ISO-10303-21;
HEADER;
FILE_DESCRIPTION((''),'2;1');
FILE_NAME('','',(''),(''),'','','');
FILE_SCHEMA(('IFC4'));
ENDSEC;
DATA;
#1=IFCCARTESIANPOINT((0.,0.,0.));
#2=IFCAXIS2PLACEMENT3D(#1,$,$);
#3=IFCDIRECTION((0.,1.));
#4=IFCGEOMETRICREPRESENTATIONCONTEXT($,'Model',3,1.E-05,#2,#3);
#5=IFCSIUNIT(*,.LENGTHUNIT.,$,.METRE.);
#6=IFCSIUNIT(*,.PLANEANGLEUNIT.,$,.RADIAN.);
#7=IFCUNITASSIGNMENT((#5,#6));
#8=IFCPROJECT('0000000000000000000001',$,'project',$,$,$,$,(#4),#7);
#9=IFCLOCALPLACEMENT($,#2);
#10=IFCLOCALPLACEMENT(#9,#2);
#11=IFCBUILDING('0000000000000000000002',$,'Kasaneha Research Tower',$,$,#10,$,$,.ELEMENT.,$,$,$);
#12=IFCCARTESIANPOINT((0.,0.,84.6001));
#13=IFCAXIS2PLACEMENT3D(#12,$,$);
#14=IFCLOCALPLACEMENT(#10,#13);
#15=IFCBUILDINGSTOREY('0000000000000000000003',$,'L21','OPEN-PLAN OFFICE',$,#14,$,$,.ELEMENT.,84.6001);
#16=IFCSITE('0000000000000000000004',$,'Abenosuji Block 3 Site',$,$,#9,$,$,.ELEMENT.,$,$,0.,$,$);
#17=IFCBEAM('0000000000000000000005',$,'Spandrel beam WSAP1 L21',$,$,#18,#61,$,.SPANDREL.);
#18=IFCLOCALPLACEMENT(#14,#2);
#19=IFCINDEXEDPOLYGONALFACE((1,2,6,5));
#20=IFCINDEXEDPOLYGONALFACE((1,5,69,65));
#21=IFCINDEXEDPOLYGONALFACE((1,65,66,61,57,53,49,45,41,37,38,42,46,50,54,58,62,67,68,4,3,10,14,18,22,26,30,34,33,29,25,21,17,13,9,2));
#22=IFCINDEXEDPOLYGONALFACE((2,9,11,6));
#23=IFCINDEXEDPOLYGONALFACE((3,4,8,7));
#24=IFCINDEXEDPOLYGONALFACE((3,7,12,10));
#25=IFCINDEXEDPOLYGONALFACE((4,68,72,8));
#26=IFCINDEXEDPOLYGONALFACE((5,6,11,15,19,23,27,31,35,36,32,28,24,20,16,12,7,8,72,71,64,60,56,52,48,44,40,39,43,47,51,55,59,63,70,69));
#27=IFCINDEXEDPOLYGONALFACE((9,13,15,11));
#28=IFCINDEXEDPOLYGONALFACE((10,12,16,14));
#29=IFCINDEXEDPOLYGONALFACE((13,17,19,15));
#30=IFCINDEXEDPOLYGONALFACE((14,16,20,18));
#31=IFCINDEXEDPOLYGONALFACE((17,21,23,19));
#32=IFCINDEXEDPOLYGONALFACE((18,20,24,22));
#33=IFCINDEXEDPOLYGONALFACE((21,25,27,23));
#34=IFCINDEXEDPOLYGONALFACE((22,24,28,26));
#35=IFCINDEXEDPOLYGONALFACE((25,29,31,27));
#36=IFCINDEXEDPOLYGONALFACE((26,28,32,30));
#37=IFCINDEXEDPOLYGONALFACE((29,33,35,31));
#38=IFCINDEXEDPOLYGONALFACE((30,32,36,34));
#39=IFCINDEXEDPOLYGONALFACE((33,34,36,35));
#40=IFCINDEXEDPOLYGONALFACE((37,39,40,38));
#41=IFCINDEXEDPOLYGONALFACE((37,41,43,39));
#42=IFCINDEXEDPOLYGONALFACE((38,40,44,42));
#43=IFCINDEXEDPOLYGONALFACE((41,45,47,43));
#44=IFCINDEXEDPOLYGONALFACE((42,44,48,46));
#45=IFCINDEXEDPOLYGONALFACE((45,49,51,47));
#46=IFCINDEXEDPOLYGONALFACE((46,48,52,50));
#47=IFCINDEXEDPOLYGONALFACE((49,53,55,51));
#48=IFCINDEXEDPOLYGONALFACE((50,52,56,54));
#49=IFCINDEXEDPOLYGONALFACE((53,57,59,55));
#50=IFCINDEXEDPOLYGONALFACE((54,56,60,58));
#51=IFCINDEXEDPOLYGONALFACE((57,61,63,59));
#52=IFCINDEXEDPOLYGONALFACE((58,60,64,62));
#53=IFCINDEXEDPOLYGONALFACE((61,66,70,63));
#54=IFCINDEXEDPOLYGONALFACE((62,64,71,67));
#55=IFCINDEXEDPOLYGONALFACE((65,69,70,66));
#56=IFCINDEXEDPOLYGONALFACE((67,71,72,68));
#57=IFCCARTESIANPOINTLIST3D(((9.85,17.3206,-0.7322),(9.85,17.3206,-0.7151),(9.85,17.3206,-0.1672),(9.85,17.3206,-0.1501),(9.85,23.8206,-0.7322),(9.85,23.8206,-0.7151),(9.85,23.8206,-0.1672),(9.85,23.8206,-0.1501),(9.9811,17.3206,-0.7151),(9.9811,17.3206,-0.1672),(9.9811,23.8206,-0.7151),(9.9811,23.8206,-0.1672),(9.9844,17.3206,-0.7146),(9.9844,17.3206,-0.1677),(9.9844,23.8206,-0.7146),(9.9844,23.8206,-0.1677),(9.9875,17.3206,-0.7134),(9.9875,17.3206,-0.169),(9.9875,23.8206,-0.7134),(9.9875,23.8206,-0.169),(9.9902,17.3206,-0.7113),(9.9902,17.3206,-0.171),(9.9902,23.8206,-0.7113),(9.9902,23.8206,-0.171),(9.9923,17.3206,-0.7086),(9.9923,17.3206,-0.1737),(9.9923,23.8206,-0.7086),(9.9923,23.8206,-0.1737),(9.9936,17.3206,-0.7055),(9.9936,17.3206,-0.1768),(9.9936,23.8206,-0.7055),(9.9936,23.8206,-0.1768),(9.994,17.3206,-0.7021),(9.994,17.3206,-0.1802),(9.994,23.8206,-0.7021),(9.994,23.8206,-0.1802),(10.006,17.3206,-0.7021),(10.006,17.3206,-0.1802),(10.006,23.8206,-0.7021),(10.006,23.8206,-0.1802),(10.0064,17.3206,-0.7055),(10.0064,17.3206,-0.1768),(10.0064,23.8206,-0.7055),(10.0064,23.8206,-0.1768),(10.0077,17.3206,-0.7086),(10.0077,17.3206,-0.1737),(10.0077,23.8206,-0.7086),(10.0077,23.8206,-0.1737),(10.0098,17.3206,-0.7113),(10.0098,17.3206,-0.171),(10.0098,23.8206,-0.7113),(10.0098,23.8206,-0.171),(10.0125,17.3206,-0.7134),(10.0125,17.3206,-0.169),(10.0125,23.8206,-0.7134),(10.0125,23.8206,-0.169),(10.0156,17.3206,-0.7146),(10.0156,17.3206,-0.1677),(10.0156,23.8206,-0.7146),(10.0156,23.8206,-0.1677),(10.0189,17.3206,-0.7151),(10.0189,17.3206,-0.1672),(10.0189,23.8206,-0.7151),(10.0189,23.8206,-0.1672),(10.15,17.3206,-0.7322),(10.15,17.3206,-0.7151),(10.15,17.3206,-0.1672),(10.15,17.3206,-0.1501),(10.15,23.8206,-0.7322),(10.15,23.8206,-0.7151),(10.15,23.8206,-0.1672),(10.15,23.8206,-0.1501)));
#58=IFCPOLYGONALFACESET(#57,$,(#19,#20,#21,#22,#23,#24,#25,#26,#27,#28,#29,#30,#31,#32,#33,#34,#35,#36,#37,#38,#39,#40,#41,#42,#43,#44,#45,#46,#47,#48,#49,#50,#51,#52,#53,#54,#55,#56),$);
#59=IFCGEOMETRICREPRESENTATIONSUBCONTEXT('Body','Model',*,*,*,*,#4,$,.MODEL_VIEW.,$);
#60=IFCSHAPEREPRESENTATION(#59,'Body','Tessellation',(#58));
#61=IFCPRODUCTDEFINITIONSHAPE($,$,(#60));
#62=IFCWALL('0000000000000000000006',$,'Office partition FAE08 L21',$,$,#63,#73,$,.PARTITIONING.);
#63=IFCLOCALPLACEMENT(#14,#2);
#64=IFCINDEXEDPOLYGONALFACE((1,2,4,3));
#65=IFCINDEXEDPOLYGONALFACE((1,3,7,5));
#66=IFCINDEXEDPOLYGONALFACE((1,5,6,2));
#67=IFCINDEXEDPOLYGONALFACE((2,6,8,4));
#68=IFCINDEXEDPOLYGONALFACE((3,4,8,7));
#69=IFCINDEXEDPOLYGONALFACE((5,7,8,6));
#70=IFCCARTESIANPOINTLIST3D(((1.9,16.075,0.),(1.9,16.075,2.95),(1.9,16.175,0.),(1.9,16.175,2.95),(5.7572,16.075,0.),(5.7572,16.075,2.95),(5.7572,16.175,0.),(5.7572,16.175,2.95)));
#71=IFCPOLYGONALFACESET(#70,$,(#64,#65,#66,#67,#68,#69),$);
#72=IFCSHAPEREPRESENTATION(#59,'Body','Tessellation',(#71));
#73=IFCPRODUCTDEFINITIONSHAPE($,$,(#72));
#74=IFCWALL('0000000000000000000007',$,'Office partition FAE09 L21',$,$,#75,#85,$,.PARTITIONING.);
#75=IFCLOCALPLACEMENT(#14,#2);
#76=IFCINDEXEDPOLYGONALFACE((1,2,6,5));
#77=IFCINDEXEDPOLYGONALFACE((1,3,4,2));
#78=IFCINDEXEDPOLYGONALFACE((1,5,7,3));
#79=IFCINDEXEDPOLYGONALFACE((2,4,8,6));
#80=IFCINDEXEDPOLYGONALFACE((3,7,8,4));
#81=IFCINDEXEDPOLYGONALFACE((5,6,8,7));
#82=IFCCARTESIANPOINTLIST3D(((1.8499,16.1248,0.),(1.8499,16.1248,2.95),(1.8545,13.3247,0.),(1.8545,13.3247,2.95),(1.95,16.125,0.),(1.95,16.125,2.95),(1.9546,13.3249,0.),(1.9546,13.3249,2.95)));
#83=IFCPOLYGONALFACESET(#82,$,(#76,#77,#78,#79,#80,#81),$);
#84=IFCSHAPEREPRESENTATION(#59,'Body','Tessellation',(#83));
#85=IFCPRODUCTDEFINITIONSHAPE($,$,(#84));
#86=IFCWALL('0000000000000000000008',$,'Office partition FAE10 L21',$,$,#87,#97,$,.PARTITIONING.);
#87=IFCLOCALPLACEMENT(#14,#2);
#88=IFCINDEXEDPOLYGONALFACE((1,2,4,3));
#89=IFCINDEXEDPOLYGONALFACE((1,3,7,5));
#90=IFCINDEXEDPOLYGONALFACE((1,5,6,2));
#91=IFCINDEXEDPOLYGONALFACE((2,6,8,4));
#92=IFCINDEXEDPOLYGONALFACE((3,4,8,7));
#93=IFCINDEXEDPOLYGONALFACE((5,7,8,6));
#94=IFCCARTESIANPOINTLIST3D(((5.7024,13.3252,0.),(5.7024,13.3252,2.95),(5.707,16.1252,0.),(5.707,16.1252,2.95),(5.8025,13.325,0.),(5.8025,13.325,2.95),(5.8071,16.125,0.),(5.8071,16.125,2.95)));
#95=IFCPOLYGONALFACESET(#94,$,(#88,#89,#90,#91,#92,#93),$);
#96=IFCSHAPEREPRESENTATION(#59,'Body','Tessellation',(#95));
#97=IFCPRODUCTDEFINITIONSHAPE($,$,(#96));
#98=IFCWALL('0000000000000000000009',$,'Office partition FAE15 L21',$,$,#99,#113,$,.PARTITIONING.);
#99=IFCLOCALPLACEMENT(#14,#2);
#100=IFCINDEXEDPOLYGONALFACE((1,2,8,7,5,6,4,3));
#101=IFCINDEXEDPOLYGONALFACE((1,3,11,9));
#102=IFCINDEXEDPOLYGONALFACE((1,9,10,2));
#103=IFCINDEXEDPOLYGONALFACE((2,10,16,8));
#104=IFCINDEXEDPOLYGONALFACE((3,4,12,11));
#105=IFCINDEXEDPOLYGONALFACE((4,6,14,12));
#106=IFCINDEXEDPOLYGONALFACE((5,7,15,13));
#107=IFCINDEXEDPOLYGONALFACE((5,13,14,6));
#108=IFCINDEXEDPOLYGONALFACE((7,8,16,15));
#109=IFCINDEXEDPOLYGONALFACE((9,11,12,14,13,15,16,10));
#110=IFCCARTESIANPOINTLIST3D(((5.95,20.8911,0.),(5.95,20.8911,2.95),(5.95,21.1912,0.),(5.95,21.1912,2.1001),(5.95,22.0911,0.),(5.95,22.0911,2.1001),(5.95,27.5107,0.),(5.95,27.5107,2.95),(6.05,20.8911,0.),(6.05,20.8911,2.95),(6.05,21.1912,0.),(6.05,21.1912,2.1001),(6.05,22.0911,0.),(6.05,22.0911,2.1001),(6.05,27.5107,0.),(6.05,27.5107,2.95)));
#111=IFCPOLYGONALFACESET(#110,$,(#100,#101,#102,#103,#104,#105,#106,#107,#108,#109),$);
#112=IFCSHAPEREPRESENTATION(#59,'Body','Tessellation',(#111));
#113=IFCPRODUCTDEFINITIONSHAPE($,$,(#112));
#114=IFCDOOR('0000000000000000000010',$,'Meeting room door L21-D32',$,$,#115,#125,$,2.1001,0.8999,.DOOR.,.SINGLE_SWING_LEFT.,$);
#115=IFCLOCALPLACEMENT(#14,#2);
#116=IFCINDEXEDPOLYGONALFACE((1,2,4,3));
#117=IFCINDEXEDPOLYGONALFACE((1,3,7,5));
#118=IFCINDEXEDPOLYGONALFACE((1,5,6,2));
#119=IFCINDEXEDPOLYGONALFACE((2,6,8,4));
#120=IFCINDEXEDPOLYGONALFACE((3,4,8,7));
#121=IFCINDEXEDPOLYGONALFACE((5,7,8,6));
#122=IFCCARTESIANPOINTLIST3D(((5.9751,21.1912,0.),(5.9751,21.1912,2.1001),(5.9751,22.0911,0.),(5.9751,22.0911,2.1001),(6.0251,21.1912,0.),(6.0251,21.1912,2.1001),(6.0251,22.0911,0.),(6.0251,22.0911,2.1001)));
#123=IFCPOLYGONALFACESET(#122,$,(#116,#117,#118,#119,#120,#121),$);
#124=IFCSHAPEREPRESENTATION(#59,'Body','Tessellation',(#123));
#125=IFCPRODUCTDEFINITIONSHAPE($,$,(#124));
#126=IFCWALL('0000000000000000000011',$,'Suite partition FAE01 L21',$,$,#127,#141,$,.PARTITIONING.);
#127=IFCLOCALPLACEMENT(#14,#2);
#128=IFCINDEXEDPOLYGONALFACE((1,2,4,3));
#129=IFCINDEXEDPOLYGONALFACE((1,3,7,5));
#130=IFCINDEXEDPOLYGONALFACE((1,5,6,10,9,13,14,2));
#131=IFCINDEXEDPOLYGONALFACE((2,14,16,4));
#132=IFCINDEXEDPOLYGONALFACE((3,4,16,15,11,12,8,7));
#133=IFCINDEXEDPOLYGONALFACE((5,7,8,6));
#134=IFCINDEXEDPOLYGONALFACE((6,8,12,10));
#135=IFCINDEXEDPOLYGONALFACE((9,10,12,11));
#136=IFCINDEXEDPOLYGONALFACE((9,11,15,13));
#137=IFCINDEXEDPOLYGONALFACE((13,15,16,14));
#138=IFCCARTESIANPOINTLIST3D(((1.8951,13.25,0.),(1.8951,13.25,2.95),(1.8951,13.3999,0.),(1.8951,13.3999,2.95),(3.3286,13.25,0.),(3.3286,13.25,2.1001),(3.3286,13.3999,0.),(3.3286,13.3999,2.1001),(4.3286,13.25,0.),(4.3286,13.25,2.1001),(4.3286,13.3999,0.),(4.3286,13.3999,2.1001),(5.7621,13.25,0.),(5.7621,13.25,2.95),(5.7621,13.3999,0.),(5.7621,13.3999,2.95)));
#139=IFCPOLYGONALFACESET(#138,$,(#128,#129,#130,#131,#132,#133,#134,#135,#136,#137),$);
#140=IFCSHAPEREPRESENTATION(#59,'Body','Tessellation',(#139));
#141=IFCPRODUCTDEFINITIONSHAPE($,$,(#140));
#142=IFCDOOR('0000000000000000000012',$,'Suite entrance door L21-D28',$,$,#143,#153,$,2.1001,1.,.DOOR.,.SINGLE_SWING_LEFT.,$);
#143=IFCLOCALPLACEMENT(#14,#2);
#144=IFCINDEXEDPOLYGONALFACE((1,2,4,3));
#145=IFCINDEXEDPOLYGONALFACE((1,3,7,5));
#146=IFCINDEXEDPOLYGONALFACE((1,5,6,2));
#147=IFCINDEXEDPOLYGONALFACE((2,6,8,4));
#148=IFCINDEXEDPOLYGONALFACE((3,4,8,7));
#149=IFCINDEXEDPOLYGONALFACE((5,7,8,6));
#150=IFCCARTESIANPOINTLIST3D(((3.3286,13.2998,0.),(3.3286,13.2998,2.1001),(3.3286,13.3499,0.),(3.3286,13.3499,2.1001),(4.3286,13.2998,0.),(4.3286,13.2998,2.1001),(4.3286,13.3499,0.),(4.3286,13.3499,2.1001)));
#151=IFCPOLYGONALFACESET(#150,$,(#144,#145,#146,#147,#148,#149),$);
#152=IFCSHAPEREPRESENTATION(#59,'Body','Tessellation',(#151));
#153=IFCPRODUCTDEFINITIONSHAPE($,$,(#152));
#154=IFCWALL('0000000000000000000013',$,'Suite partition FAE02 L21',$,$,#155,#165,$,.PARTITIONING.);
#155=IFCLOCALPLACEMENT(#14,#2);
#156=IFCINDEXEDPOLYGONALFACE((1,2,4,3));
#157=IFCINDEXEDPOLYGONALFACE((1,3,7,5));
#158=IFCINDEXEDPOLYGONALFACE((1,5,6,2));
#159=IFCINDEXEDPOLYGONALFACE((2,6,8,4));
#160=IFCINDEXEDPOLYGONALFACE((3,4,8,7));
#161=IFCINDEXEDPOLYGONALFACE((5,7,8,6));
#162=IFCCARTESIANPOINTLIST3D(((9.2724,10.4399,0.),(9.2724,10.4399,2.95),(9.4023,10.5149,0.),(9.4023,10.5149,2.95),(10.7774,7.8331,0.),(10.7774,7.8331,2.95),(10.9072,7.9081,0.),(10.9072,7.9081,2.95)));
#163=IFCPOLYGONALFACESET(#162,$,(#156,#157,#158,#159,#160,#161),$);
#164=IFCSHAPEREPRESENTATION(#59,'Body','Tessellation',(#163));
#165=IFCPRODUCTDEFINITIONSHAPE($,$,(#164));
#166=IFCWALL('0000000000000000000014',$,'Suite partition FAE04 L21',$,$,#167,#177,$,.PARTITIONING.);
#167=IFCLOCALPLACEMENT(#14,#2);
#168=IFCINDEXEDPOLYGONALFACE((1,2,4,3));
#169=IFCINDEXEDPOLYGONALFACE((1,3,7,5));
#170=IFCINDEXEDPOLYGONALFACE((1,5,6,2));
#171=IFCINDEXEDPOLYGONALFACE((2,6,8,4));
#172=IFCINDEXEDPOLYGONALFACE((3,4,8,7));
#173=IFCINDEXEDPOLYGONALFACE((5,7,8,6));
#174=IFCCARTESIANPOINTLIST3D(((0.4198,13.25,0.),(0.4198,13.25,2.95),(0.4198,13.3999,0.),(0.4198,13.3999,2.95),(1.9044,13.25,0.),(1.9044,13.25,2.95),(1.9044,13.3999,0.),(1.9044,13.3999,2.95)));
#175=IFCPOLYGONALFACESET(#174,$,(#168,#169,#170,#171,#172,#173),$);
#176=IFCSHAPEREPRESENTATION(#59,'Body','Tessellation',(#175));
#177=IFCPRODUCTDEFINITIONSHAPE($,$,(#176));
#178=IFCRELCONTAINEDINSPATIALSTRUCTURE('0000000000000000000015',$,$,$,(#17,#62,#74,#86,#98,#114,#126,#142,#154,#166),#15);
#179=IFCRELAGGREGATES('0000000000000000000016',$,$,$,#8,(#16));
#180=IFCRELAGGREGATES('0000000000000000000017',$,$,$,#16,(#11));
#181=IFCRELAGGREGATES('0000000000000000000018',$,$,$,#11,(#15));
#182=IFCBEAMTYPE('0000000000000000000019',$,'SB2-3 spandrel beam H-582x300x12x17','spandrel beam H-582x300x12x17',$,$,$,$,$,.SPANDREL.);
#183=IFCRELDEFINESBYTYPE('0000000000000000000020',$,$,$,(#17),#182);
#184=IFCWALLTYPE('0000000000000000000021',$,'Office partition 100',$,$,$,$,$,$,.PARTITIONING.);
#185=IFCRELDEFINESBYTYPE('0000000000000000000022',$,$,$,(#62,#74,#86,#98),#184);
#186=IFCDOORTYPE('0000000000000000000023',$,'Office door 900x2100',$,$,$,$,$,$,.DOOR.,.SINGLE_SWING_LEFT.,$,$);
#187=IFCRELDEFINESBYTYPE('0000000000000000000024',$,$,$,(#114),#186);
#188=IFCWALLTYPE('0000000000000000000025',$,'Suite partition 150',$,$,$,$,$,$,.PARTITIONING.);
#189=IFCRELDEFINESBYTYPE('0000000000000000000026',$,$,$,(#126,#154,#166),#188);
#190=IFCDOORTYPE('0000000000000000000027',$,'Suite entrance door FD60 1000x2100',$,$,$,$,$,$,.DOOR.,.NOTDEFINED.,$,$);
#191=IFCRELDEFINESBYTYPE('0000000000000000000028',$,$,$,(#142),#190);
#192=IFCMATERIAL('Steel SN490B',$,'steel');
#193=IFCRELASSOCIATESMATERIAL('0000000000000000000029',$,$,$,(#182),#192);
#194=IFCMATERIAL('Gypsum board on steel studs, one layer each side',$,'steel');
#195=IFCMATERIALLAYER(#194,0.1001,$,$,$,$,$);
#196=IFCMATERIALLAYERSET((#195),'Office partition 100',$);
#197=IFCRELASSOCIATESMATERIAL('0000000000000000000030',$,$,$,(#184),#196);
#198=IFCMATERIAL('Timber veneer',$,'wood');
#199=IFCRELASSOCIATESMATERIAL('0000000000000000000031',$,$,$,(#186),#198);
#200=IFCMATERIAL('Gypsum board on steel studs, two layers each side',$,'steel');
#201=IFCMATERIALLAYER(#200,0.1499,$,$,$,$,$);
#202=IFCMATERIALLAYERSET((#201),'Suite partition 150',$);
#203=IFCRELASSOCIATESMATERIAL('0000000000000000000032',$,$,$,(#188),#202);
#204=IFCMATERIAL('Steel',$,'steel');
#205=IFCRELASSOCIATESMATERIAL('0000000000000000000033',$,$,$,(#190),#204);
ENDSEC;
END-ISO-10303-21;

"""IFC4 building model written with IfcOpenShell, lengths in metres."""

from ifc_helpers import new_model, si_unit, direction, frame, frame_2d, origin, origin_2d, place, context, subcontext, project, spatial, rectangle, i_section, extrude, material, layer, layer_set, material_profile, profile_set, type_object, element, fill, save


model = new_model("IFC4")

# Units and contexts
model_context = context("Model", 3, precision=1e-05, world=origin(), true_north=direction((0.0, 1.0)))
body_context = subcontext(model_context, "Body", "Model", "MODEL_VIEW")
ifc_project = project(units=[si_unit("LENGTHUNIT", "METRE"), si_unit("PLANEANGLEUNIT", "RADIAN")], contexts=[model_context])

# Site, building, storey
site_placement = place(None, origin())
site = spatial("IfcSite", under=ifc_project, at=site_placement, Name="Abenosuji Block 3 Site", CompositionType="ELEMENT", RefElevation=0.0)
building_placement = place(site_placement, origin())
building = spatial("IfcBuilding", under=site, at=building_placement, Name="Kasaneha Research Tower", CompositionType="ELEMENT")
storey_placement = place(building_placement, frame((0.0, 0.0, 84.6001)))
storey = spatial("IfcBuildingStorey", under=building, at=storey_placement, Name="L21", Description="OPEN-PLAN OFFICE", CompositionType="ELEMENT", Elevation=84.6001)

# Beam
ifc_material_1 = material(Name="Steel SN490B", Category="steel")
ifc_material_profile_1 = material_profile(ifc_material_1, i_section(OverallWidth=0.3, OverallDepth=0.582, WebThickness=0.012, FlangeThickness=0.0171, FilletRadius=0.0129, at=origin_2d()), Name="H-582x300x12x17")
ifc_profile_set_1 = profile_set([ifc_material_profile_1], Name="Steel SN490B")
beam_type_1 = type_object("IfcBeamType", Name="SB2-3 spandrel beam H-582x300x12x17", Description="spandrel beam H-582x300x12x17", PredefinedType="SPANDREL", material=ifc_profile_set_1)
beam_1_placement = place(storey_placement, frame((10.0, 17.3206, -0.4412), z_axis=(0.0, 1.0, 0.0), x_axis=(-1.0, 0.0, 0.0)))
element("IfcBeam", 1, at=beam_1_placement, inside=storey, type_object=beam_type_1, Name="Spandrel beam WSAP1 L21", PredefinedType="SPANDREL", context=body_context, shape_type="SweptSolid", body=[
    extrude(i_section(OverallWidth=0.3, OverallDepth=0.582, WebThickness=0.012, FlangeThickness=0.0171, FilletRadius=0.0129, at=origin_2d()), origin(), (0.0, 0.0, 1.0), 6.5),
])

# Walls
ifc_material_2 = material(Name="Gypsum board on steel studs, one layer each side", Category="steel")
ifc_layer_1 = layer(ifc_material_2, 0.1001)
ifc_layer_set_1 = layer_set([ifc_layer_1], Name="Office partition 100")
wall_type_1 = type_object("IfcWallType", Name="Office partition 100", PredefinedType="PARTITIONING", material=ifc_layer_set_1)
wall_1_placement = place(storey_placement, frame((1.8999, 16.125, 0.0), z_axis=(0.0, 0.0, 1.0), x_axis=(1.0, 0.0, 0.0)))
element("IfcWall", 2, at=wall_1_placement, inside=storey, type_object=wall_type_1, Name="Office partition FAE08 L21", PredefinedType="PARTITIONING", context=body_context, shape_type="SweptSolid", body=[
    extrude(rectangle(XDim=3.8572, YDim=0.1001, at=frame_2d((1.9287, 0.0))), origin(), (0.0, 0.0, 1.0), 2.95),
])
for number, where, z_axis, x_axis, name in (
    (3, (1.9045, 13.325, 0.0), (0.0, 0.0, 1.0), (-0.001657, 0.999999, 0.0), "Office partition FAE09 L21"),
    (4, (5.7571, 16.125, 0.0), (0.0, 0.0, 1.0), (-0.001657, -0.999999, 0.0), "Office partition FAE10 L21"),
):
    element("IfcWall", number, at=place(storey_placement, frame(where, z_axis=z_axis, x_axis=x_axis)), inside=storey, type_object=wall_type_1, Name=name, PredefinedType="PARTITIONING", context=body_context, shape_type="SweptSolid", body=[
        extrude(rectangle(XDim=2.8, YDim=0.1001, at=frame_2d((1.3999, 0.0))), origin(), (0.0, 0.0, 1.0), 2.95),
    ])

# Walls, openings, doors
wall_2_placement = place(storey_placement, frame((6.0, 20.8911, 0.0), z_axis=(0.0, 0.0, 1.0), x_axis=(0.0, 1.0, 0.0)))
wall_2 = element("IfcWall", 5, at=wall_2_placement, inside=storey, type_object=wall_type_1, Name="Office partition FAE15 L21", PredefinedType="PARTITIONING", context=body_context, shape_type="SweptSolid", body=[
    extrude(rectangle(XDim=6.6196, YDim=0.1001, at=frame_2d((3.3098, 0.0))), origin(), (0.0, 0.0, 1.0), 2.95),
])
opening_1_placement = place(wall_2_placement, frame((0.3, 0.0, 0.0)))
opening_1 = element("IfcOpeningElement", 6, at=opening_1_placement, cuts=wall_2, PredefinedType="OPENING", context=body_context, shape_type="SweptSolid", body=[
    extrude(rectangle(XDim=0.8999, YDim=2.1001, at=frame_2d((0.45, 1.05))), frame((0.0, 0.0601, 0.0), z_axis=(0.0, -1.0, 0.0), x_axis=(1.0, 0.0, 0.0)), (0.0, 0.0, 1.0), 0.1201),
])
ifc_material_3 = material(Name="Timber veneer", Category="wood")
door_type_1 = type_object("IfcDoorType", Name="Office door 900x2100", OperationType="SINGLE_SWING_LEFT", PredefinedType="DOOR", material=ifc_material_3)
door_1_placement = place(opening_1_placement, origin())
door_1 = element("IfcDoor", 7, at=door_1_placement, inside=storey, type_object=door_type_1, Name="Meeting room door L21-D32", OperationType="SINGLE_SWING_LEFT", OverallHeight=2.1001, OverallWidth=0.8999, PredefinedType="DOOR", context=body_context, shape_type="SweptSolid", body=[
    extrude(rectangle(XDim=0.8999, YDim=2.1001, at=frame_2d((0.45, 1.05))), frame((0.0, 0.0249, 0.0), z_axis=(0.0, -1.0, 0.0), x_axis=(1.0, 0.0, 0.0)), (0.0, 0.0, 1.0), 0.05),
])
fill(opening_1, door_1)
ifc_material_4 = material(Name="Gypsum board on steel studs, two layers each side", Category="steel")
ifc_layer_2 = layer(ifc_material_4, 0.1499)
ifc_layer_set_2 = layer_set([ifc_layer_2], Name="Suite partition 150")
wall_type_2 = type_object("IfcWallType", Name="Suite partition 150", PredefinedType="PARTITIONING", material=ifc_layer_set_2)
wall_3_placement = place(storey_placement, frame((1.895, 13.325, 0.0), z_axis=(0.0, 0.0, 1.0), x_axis=(1.0, 0.0, 0.0)))
wall_3 = element("IfcWall", 8, at=wall_3_placement, inside=storey, type_object=wall_type_2, Name="Suite partition FAE01 L21", PredefinedType="PARTITIONING", context=body_context, shape_type="SweptSolid", body=[
    extrude(rectangle(XDim=3.8669, YDim=0.1499, at=frame_2d((1.9336, 0.0))), origin(), (0.0, 0.0, 1.0), 2.95),
])
opening_2_placement = place(wall_3_placement, frame((1.4336, 0.0, 0.0)))
opening_2 = element("IfcOpeningElement", 9, at=opening_2_placement, cuts=wall_3, PredefinedType="OPENING", context=body_context, shape_type="SweptSolid", body=[
    extrude(rectangle(XDim=1.0, YDim=2.1001, at=frame_2d((0.5, 1.05))), frame((0.0, 0.085, 0.0), z_axis=(0.0, -1.0, 0.0), x_axis=(1.0, 0.0, 0.0)), (0.0, 0.0, 1.0), 0.1699),
])
ifc_material_5 = material(Name="Steel", Category="steel")
door_type_2 = type_object("IfcDoorType", Name="Suite entrance door FD60 1000x2100", OperationType="NOTDEFINED", PredefinedType="DOOR", material=ifc_material_5)
door_2_placement = place(opening_2_placement, origin())
door_2 = element("IfcDoor", 10, at=door_2_placement, inside=storey, type_object=door_type_2, Name="Suite entrance door L21-D28", OperationType="SINGLE_SWING_LEFT", OverallHeight=2.1001, OverallWidth=1.0, PredefinedType="DOOR", context=body_context, shape_type="SweptSolid", body=[
    extrude(rectangle(XDim=1.0, YDim=2.1001, at=frame_2d((0.5, 1.05))), frame((0.0, 0.0249, 0.0), z_axis=(0.0, -1.0, 0.0), x_axis=(1.0, 0.0, 0.0)), (0.0, 0.0, 1.0), 0.05),
])
fill(opening_2, door_2)

# Walls
wall_4_placement = place(storey_placement, frame((9.3374, 10.4773, 0.0), z_axis=(0.0, 0.0, 1.0), x_axis=(0.499978, -0.866038, 0.0)))
element("IfcWall", 11, at=wall_4_placement, inside=storey, type_object=wall_type_2, Name="Suite partition FAE02 L21", PredefinedType="PARTITIONING", context=body_context, shape_type="SweptSolid", body=[
    extrude(rectangle(XDim=3.01, YDim=0.1499, at=frame_2d((1.5049, 0.0))), origin(), (0.0, 0.0, 1.0), 2.95),
])
wall_5_placement = place(storey_placement, frame((0.4199, 13.325, 0.0), z_axis=(0.0, 0.0, 1.0), x_axis=(1.0, 0.0, 0.0)))
element("IfcWall", 12, at=wall_5_placement, inside=storey, type_object=wall_type_2, Name="Suite partition FAE04 L21", PredefinedType="PARTITIONING", context=body_context, shape_type="SweptSolid", body=[
    extrude(rectangle(XDim=1.4846, YDim=0.1499, at=frame_2d((0.7422, 0.0))), origin(), (0.0, 0.0, 1.0), 2.95),
])

save(model, "model.ifc")
